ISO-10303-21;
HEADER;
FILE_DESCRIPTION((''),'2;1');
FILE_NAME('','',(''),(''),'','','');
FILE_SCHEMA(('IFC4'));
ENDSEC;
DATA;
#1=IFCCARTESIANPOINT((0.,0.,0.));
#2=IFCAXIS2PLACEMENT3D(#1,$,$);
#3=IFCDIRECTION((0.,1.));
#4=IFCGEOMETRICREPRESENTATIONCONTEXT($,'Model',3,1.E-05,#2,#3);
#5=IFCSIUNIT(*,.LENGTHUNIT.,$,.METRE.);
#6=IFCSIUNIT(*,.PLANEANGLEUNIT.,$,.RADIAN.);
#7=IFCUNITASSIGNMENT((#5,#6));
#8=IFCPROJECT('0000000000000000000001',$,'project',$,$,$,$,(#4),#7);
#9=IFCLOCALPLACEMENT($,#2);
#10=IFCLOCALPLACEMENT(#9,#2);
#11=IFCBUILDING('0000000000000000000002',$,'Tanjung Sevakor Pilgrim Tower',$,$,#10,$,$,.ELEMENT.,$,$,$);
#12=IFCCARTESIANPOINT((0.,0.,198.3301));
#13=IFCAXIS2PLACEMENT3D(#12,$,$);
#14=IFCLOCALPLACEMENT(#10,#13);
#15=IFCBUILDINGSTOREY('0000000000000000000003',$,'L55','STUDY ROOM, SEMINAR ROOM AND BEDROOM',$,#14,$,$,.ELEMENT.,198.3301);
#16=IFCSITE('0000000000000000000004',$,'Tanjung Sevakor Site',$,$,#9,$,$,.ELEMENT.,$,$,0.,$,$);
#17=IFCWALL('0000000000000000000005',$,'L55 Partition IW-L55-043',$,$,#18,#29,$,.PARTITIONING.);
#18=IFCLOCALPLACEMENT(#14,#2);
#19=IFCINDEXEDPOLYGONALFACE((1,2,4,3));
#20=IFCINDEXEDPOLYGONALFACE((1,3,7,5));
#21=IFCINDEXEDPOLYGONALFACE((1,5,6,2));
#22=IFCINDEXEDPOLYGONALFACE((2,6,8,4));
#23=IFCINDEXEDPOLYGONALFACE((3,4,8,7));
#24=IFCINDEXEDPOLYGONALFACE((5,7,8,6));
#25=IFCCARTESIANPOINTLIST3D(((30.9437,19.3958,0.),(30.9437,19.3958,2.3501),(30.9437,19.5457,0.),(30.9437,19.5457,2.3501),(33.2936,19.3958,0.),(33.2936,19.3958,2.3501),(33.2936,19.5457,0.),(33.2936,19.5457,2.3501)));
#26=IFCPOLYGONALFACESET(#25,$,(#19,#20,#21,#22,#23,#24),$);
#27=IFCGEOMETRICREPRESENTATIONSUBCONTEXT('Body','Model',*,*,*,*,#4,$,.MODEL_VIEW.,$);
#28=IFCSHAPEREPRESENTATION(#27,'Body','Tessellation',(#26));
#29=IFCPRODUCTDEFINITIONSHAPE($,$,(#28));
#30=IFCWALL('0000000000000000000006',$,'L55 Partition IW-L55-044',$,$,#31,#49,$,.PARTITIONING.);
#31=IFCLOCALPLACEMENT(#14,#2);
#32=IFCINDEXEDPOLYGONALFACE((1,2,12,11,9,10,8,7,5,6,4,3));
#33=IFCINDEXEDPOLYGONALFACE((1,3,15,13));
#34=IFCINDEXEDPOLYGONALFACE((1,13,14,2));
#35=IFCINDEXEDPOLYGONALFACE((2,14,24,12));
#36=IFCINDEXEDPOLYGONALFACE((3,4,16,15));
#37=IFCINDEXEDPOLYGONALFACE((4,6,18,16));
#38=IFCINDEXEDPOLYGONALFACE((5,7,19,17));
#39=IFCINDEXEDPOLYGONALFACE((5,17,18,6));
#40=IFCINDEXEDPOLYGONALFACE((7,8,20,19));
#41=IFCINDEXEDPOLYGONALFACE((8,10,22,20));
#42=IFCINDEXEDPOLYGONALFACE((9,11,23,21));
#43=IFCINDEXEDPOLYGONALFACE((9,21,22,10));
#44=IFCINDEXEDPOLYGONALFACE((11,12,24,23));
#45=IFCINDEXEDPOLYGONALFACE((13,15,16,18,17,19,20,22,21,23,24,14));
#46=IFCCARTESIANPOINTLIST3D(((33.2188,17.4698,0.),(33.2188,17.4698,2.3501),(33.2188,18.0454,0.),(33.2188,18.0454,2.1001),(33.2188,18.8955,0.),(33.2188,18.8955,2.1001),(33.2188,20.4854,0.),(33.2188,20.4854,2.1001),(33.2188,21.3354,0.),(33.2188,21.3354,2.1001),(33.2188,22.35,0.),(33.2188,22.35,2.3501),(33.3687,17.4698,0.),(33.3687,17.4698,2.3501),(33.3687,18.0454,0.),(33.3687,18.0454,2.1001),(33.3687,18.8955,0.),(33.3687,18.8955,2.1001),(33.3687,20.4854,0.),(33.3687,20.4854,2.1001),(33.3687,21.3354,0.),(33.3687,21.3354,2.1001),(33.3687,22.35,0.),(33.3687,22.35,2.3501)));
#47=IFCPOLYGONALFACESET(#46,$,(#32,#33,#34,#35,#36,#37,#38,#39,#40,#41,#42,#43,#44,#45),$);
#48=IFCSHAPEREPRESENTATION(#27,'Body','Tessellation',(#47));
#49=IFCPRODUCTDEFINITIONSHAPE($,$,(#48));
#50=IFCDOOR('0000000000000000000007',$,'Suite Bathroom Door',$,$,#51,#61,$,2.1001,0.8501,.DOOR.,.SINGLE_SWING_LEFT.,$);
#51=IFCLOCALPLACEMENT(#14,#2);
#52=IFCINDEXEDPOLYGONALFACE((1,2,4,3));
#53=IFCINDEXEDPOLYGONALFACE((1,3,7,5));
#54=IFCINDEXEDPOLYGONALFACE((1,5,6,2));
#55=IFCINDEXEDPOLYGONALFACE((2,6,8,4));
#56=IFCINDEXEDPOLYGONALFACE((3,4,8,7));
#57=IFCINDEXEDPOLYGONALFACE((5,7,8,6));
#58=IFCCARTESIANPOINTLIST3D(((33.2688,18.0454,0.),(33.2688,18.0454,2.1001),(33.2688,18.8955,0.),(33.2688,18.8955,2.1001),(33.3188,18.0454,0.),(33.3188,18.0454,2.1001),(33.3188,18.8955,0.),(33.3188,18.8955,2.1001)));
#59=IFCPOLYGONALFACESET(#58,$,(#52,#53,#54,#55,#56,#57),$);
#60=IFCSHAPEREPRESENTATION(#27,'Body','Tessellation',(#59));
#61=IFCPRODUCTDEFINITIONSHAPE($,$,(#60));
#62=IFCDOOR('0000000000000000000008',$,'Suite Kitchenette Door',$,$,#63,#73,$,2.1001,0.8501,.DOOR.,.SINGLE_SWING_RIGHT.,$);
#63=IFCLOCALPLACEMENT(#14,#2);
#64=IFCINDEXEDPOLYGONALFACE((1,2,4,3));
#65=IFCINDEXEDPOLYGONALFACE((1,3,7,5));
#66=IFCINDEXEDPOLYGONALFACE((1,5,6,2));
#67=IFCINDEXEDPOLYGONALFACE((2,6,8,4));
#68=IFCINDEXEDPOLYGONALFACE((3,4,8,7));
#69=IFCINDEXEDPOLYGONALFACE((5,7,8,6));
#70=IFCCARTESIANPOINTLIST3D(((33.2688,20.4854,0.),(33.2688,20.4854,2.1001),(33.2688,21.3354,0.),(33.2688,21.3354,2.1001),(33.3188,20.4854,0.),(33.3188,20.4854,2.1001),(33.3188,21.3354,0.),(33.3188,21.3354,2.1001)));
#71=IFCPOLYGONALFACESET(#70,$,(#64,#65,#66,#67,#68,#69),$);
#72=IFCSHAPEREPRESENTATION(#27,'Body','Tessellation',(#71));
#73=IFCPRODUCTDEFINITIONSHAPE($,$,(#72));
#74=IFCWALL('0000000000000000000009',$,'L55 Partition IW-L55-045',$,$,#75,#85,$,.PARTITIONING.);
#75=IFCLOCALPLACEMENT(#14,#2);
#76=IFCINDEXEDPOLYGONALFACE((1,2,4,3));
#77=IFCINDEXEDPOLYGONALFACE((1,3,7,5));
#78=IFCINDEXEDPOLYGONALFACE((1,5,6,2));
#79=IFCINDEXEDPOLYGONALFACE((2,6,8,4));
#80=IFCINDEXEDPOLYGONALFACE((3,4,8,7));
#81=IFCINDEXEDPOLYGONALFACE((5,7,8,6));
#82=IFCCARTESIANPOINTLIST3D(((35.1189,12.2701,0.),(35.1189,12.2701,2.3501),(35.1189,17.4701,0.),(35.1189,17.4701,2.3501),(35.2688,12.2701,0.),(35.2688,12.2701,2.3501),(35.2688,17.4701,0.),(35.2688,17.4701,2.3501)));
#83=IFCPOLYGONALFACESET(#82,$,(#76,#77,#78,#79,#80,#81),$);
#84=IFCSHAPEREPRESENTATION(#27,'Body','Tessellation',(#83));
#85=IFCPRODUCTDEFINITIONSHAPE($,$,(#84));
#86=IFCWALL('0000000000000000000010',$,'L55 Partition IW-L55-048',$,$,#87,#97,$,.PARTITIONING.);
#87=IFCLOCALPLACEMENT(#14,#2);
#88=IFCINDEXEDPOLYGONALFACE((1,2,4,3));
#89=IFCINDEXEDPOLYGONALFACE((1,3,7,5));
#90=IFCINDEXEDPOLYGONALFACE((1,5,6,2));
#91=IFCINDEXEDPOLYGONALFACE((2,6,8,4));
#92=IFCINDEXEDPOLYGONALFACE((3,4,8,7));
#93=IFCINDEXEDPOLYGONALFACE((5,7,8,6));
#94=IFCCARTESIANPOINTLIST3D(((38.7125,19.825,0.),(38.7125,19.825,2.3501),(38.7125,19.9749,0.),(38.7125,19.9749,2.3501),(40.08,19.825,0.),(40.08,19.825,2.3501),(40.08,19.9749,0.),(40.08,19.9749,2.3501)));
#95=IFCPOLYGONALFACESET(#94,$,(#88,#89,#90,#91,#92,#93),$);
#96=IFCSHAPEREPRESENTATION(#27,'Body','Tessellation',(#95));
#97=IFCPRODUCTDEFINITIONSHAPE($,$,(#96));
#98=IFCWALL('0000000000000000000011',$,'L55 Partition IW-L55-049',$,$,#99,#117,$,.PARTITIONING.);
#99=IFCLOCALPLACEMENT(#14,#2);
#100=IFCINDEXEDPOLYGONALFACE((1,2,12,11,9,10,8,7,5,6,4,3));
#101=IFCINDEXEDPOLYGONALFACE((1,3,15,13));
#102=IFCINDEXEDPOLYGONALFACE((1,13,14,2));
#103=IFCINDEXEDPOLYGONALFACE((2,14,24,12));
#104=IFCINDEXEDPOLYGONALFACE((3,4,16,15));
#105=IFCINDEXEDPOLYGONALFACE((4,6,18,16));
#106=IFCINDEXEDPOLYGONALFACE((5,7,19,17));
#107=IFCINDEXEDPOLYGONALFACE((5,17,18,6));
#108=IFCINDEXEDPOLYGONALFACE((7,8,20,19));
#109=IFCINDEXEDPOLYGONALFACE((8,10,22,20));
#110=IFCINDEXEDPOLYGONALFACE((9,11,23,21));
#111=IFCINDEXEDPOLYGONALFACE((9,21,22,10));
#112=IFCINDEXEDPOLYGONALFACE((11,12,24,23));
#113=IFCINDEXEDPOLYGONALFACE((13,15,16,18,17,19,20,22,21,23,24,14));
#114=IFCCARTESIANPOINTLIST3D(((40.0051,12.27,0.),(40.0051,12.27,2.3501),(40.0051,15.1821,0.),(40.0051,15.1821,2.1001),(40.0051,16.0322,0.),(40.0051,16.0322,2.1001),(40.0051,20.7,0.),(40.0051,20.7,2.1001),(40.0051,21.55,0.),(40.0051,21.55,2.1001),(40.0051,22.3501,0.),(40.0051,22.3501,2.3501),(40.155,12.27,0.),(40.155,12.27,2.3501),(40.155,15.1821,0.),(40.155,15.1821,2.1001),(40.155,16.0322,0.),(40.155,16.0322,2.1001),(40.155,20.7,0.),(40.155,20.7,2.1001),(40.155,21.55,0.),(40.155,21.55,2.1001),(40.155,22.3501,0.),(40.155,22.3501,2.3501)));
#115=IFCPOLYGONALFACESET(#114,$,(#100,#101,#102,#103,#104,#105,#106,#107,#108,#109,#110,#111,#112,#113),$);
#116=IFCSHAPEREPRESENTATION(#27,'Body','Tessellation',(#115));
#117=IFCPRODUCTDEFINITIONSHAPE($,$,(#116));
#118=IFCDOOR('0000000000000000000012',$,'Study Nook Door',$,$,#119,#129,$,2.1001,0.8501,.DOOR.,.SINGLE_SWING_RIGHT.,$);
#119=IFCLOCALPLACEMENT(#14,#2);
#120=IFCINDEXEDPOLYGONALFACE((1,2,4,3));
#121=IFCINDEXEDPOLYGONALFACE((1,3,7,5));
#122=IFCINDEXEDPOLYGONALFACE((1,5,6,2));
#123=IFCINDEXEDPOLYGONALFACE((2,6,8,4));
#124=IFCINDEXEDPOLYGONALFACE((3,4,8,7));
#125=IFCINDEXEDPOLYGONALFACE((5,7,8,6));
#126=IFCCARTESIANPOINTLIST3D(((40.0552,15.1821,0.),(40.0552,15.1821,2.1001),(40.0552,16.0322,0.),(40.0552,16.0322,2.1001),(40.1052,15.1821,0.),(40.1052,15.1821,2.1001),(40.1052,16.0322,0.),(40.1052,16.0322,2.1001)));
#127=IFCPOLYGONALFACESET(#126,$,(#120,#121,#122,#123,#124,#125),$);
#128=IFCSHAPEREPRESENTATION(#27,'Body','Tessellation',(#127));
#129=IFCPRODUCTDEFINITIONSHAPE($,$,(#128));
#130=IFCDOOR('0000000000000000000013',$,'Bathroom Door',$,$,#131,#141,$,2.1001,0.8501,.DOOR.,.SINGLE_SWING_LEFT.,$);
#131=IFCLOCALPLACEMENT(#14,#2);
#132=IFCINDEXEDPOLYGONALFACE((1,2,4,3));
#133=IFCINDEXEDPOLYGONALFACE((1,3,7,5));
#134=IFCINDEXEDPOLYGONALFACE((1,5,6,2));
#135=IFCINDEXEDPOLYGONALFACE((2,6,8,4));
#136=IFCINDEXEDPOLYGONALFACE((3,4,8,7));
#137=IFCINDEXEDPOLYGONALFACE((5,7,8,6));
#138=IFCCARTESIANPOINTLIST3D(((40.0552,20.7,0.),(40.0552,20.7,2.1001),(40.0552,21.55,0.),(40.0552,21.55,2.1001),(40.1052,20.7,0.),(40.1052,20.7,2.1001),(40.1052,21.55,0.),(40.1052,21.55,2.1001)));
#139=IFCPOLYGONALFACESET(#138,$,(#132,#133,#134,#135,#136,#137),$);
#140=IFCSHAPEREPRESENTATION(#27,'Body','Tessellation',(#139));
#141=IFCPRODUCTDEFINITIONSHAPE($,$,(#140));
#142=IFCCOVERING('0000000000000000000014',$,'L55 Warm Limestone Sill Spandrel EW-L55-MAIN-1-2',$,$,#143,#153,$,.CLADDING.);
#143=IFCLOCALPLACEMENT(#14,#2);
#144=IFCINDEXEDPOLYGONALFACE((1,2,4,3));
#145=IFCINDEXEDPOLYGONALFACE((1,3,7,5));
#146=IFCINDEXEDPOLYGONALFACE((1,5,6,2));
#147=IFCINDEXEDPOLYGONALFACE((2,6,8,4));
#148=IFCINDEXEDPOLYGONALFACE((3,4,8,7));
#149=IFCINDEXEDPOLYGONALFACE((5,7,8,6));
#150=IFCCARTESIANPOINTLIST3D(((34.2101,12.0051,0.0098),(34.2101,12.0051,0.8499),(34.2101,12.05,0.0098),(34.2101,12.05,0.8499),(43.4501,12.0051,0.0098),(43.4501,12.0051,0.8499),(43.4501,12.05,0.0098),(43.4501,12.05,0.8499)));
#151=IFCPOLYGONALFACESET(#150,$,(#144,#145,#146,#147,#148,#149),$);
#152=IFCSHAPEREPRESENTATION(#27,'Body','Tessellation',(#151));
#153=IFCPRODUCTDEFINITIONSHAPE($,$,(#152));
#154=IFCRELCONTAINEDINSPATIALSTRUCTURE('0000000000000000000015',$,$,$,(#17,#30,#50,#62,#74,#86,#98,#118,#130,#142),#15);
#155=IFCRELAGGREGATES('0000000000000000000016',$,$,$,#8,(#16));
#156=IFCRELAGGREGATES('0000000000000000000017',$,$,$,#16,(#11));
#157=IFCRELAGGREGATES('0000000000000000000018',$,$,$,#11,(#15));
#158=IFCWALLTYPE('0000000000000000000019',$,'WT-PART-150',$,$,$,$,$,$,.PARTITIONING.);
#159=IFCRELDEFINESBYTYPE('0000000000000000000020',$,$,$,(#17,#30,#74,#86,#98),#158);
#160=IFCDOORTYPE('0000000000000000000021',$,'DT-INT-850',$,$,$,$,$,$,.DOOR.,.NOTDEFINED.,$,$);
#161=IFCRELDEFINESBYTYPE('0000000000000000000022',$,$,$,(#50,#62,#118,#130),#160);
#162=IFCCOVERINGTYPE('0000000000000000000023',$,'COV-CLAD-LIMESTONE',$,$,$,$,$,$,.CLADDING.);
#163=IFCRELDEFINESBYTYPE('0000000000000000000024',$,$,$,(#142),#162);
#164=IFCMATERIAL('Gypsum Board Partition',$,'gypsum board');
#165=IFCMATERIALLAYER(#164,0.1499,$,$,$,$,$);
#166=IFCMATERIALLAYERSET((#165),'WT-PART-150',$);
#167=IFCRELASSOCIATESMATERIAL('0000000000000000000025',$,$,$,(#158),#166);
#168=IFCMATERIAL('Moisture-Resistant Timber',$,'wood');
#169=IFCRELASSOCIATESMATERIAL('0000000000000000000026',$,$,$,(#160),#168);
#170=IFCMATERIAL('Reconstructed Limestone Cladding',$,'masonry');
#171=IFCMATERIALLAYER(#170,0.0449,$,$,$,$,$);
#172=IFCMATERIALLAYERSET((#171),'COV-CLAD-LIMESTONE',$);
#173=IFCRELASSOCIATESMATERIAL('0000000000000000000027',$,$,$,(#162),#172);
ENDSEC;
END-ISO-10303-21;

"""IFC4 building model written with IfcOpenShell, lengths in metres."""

from ifc_helpers import new_model, si_unit, direction, frame, frame_2d, origin, origin_2d, place, context, subcontext, project, spatial, rectangle, extrude, material, layer, layer_set, type_object, element, fill, save


model = new_model("IFC4")

# Units and contexts
model_context = context("Model", 3, precision=1e-05, world=origin(), true_north=direction((0.0, 1.0)))
body_context = subcontext(model_context, "Body", "Model", "MODEL_VIEW")
ifc_project = project(units=[si_unit("LENGTHUNIT", "METRE"), si_unit("PLANEANGLEUNIT", "RADIAN")], contexts=[model_context])

# Site, building, storey
site_placement = place(None, origin())
site = spatial("IfcSite", under=ifc_project, at=site_placement, Name="Tanjung Sevakor Site", CompositionType="ELEMENT", RefElevation=0.0)
building_placement = place(site_placement, origin())
building = spatial("IfcBuilding", under=site, at=building_placement, Name="Tanjung Sevakor Pilgrim Tower", CompositionType="ELEMENT")
storey_placement = place(building_placement, frame((0.0, 0.0, 198.3301)))
storey = spatial("IfcBuildingStorey", under=building, at=storey_placement, Name="L55", Description="STUDY ROOM, SEMINAR ROOM AND BEDROOM", CompositionType="ELEMENT", Elevation=198.3301)

# Wall
ifc_material_1 = material(Name="Gypsum Board Partition", Category="gypsum board")
ifc_layer_1 = layer(ifc_material_1, 0.1499)
ifc_layer_set_1 = layer_set([ifc_layer_1], Name="WT-PART-150")
wall_type_1 = type_object("IfcWallType", Name="WT-PART-150", PredefinedType="PARTITIONING", material=ifc_layer_set_1)
wall_1_placement = place(storey_placement, frame((30.9438, 19.4707, 0.0), z_axis=(0.0, 0.0, 1.0), x_axis=(1.0, 0.0, 0.0)))
element("IfcWall", 1, at=wall_1_placement, inside=storey, type_object=wall_type_1, Name="L55 Partition IW-L55-043", PredefinedType="PARTITIONING", context=body_context, shape_type="SweptSolid", body=[
    extrude(rectangle(XDim=2.3499, YDim=0.1499, at=frame_2d((1.1748, 0.0))), origin(), (0.0, 0.0, 1.0), 2.3501),
])

# Wall, openings, doors
wall_2_placement = place(storey_placement, frame((33.2937, 17.47, 0.0), z_axis=(0.0, 0.0, 1.0), x_axis=(0.0, 1.0, 0.0)))
wall_2 = element("IfcWall", 2, at=wall_2_placement, inside=storey, type_object=wall_type_1, Name="L55 Partition IW-L55-044", PredefinedType="PARTITIONING", context=body_context, shape_type="SweptSolid", body=[
    extrude(rectangle(XDim=4.8801, YDim=0.1499, at=frame_2d((2.4399, 0.0))), origin(), (0.0, 0.0, 1.0), 2.3501),
])
opening_1_placement = place(wall_2_placement, frame((0.5754, 0.0, 0.0)))
opening_1 = element("IfcOpeningElement", 3, at=opening_1_placement, cuts=wall_2, PredefinedType="OPENING", context=body_context, shape_type="SweptSolid", body=[
    extrude(rectangle(XDim=0.8501, YDim=2.1001, at=frame_2d((0.425, 1.05))), frame((0.0, 0.085, 0.0), z_axis=(0.0, -1.0, 0.0), x_axis=(1.0, 0.0, 0.0)), (0.0, 0.0, 1.0), 0.1699),
])
opening_2_placement = place(wall_2_placement, frame((3.0154, 0.0, 0.0)))
opening_2 = element("IfcOpeningElement", 4, at=opening_2_placement, cuts=wall_2, PredefinedType="OPENING", context=body_context, shape_type="SweptSolid", body=[
    extrude(rectangle(XDim=0.8501, YDim=2.1001, at=frame_2d((0.425, 1.05))), frame((0.0, 0.085, 0.0), z_axis=(0.0, -1.0, 0.0), x_axis=(1.0, 0.0, 0.0)), (0.0, 0.0, 1.0), 0.1699),
])
ifc_material_2 = material(Name="Moisture-Resistant Timber", Category="wood")
door_type_1 = type_object("IfcDoorType", Name="DT-INT-850", OperationType="NOTDEFINED", PredefinedType="DOOR", material=ifc_material_2)
door_1_placement = place(opening_1_placement, origin())
door_1 = element("IfcDoor", 5, at=door_1_placement, inside=storey, type_object=door_type_1, Name="Suite Bathroom Door", OperationType="SINGLE_SWING_LEFT", OverallHeight=2.1001, OverallWidth=0.8501, PredefinedType="DOOR", context=body_context, shape_type="SweptSolid", body=[
    extrude(rectangle(XDim=0.8501, YDim=2.1001, at=frame_2d((0.425, 1.05))), frame((0.0, 0.0249, 0.0), z_axis=(0.0, -1.0, 0.0), x_axis=(1.0, 0.0, 0.0)), (0.0, 0.0, 1.0), 0.05),
])
fill(opening_1, door_1)
door_2_placement = place(opening_2_placement, origin())
door_2 = element("IfcDoor", 6, at=door_2_placement, inside=storey, type_object=door_type_1, Name="Suite Kitchenette Door", OperationType="SINGLE_SWING_RIGHT", OverallHeight=2.1001, OverallWidth=0.8501, PredefinedType="DOOR", context=body_context, shape_type="SweptSolid", body=[
    extrude(rectangle(XDim=0.8501, YDim=2.1001, at=frame_2d((0.425, 1.05))), frame((0.0, 0.0249, 0.0), z_axis=(0.0, -1.0, 0.0), x_axis=(1.0, 0.0, 0.0)), (0.0, 0.0, 1.0), 0.05),
])
fill(opening_2, door_2)

# Walls
wall_3_placement = place(storey_placement, frame((35.1938, 12.27, 0.0), z_axis=(0.0, 0.0, 1.0), x_axis=(0.0, 1.0, 0.0)))
element("IfcWall", 7, at=wall_3_placement, inside=storey, type_object=wall_type_1, Name="L55 Partition IW-L55-045", PredefinedType="PARTITIONING", context=body_context, shape_type="SweptSolid", body=[
    extrude(rectangle(XDim=5.2, YDim=0.1499, at=frame_2d((2.6001, 0.0))), origin(), (0.0, 0.0, 1.0), 2.3501),
])
wall_4_placement = place(storey_placement, frame((38.7126, 19.8999, 0.0), z_axis=(0.0, 0.0, 1.0), x_axis=(1.0, 0.0, 0.0)))
element("IfcWall", 8, at=wall_4_placement, inside=storey, type_object=wall_type_1, Name="L55 Partition IW-L55-048", PredefinedType="PARTITIONING", context=body_context, shape_type="SweptSolid", body=[
    extrude(rectangle(XDim=1.3674, YDim=0.1499, at=frame_2d((0.6836, 0.0))), origin(), (0.0, 0.0, 1.0), 2.3501),
])

# Wall, openings, doors
wall_5_placement = place(storey_placement, frame((40.0801, 12.27, 0.0), z_axis=(0.0, 0.0, 1.0), x_axis=(0.0, 1.0, 0.0)))
wall_5 = element("IfcWall", 9, at=wall_5_placement, inside=storey, type_object=wall_type_1, Name="L55 Partition IW-L55-049", PredefinedType="PARTITIONING", context=body_context, shape_type="SweptSolid", body=[
    extrude(rectangle(XDim=10.0801, YDim=0.1499, at=frame_2d((5.04, 0.0))), origin(), (0.0, 0.0, 1.0), 2.3501),
])
opening_3_placement = place(wall_5_placement, frame((2.9121, 0.0, 0.0)))
opening_3 = element("IfcOpeningElement", 10, at=opening_3_placement, cuts=wall_5, PredefinedType="OPENING", context=body_context, shape_type="SweptSolid", body=[
    extrude(rectangle(XDim=0.8501, YDim=2.1001, at=frame_2d((0.425, 1.05))), frame((0.0, 0.085, 0.0), z_axis=(0.0, -1.0, 0.0), x_axis=(1.0, 0.0, 0.0)), (0.0, 0.0, 1.0), 0.1699),
])
opening_4_placement = place(wall_5_placement, frame((8.4299, 0.0, 0.0)))
opening_4 = element("IfcOpeningElement", 11, at=opening_4_placement, cuts=wall_5, PredefinedType="OPENING", context=body_context, shape_type="SweptSolid", body=[
    extrude(rectangle(XDim=0.8501, YDim=2.1001, at=frame_2d((0.425, 1.05))), frame((0.0, 0.085, 0.0), z_axis=(0.0, -1.0, 0.0), x_axis=(1.0, 0.0, 0.0)), (0.0, 0.0, 1.0), 0.1699),
])
door_3_placement = place(opening_3_placement, origin())
door_3 = element("IfcDoor", 12, at=door_3_placement, inside=storey, type_object=door_type_1, Name="Study Nook Door", OperationType="SINGLE_SWING_RIGHT", OverallHeight=2.1001, OverallWidth=0.8501, PredefinedType="DOOR", context=body_context, shape_type="SweptSolid", body=[
    extrude(rectangle(XDim=0.8501, YDim=2.1001, at=frame_2d((0.425, 1.05))), frame((0.0, 0.0249, 0.0), z_axis=(0.0, -1.0, 0.0), x_axis=(1.0, 0.0, 0.0)), (0.0, 0.0, 1.0), 0.05),
])
fill(opening_3, door_3)
door_4_placement = place(opening_4_placement, origin())
door_4 = element("IfcDoor", 13, at=door_4_placement, inside=storey, type_object=door_type_1, Name="Bathroom Door", OperationType="SINGLE_SWING_LEFT", OverallHeight=2.1001, OverallWidth=0.8501, PredefinedType="DOOR", context=body_context, shape_type="SweptSolid", body=[
    extrude(rectangle(XDim=0.8501, YDim=2.1001, at=frame_2d((0.425, 1.05))), frame((0.0, 0.0249, 0.0), z_axis=(0.0, -1.0, 0.0), x_axis=(1.0, 0.0, 0.0)), (0.0, 0.0, 1.0), 0.05),
])
fill(opening_4, door_4)

# Covering
ifc_material_3 = material(Name="Reconstructed Limestone Cladding", Category="masonry")
ifc_layer_2 = layer(ifc_material_3, 0.0449)
ifc_layer_set_2 = layer_set([ifc_layer_2], Name="COV-CLAD-LIMESTONE")
covering_type = type_object("IfcCoveringType", Name="COV-CLAD-LIMESTONE", PredefinedType="CLADDING", material=ifc_layer_set_2)
covering_placement = place(storey_placement, frame((38.8301, 12.0276, 0.0098), z_axis=(0.0, 0.0, 1.0), x_axis=(1.0, 0.0, 0.0)))
element("IfcCovering", 14, at=covering_placement, inside=storey, type_object=covering_type, Name="L55 Warm Limestone Sill Spandrel EW-L55-MAIN-1-2", PredefinedType="CLADDING", context=body_context, shape_type="SweptSolid", body=[
    extrude(rectangle(XDim=9.24, YDim=0.0449, at=origin_2d()), origin(), (0.0, 0.0, 1.0), 0.8401),
])

save(model, "model.ifc")
